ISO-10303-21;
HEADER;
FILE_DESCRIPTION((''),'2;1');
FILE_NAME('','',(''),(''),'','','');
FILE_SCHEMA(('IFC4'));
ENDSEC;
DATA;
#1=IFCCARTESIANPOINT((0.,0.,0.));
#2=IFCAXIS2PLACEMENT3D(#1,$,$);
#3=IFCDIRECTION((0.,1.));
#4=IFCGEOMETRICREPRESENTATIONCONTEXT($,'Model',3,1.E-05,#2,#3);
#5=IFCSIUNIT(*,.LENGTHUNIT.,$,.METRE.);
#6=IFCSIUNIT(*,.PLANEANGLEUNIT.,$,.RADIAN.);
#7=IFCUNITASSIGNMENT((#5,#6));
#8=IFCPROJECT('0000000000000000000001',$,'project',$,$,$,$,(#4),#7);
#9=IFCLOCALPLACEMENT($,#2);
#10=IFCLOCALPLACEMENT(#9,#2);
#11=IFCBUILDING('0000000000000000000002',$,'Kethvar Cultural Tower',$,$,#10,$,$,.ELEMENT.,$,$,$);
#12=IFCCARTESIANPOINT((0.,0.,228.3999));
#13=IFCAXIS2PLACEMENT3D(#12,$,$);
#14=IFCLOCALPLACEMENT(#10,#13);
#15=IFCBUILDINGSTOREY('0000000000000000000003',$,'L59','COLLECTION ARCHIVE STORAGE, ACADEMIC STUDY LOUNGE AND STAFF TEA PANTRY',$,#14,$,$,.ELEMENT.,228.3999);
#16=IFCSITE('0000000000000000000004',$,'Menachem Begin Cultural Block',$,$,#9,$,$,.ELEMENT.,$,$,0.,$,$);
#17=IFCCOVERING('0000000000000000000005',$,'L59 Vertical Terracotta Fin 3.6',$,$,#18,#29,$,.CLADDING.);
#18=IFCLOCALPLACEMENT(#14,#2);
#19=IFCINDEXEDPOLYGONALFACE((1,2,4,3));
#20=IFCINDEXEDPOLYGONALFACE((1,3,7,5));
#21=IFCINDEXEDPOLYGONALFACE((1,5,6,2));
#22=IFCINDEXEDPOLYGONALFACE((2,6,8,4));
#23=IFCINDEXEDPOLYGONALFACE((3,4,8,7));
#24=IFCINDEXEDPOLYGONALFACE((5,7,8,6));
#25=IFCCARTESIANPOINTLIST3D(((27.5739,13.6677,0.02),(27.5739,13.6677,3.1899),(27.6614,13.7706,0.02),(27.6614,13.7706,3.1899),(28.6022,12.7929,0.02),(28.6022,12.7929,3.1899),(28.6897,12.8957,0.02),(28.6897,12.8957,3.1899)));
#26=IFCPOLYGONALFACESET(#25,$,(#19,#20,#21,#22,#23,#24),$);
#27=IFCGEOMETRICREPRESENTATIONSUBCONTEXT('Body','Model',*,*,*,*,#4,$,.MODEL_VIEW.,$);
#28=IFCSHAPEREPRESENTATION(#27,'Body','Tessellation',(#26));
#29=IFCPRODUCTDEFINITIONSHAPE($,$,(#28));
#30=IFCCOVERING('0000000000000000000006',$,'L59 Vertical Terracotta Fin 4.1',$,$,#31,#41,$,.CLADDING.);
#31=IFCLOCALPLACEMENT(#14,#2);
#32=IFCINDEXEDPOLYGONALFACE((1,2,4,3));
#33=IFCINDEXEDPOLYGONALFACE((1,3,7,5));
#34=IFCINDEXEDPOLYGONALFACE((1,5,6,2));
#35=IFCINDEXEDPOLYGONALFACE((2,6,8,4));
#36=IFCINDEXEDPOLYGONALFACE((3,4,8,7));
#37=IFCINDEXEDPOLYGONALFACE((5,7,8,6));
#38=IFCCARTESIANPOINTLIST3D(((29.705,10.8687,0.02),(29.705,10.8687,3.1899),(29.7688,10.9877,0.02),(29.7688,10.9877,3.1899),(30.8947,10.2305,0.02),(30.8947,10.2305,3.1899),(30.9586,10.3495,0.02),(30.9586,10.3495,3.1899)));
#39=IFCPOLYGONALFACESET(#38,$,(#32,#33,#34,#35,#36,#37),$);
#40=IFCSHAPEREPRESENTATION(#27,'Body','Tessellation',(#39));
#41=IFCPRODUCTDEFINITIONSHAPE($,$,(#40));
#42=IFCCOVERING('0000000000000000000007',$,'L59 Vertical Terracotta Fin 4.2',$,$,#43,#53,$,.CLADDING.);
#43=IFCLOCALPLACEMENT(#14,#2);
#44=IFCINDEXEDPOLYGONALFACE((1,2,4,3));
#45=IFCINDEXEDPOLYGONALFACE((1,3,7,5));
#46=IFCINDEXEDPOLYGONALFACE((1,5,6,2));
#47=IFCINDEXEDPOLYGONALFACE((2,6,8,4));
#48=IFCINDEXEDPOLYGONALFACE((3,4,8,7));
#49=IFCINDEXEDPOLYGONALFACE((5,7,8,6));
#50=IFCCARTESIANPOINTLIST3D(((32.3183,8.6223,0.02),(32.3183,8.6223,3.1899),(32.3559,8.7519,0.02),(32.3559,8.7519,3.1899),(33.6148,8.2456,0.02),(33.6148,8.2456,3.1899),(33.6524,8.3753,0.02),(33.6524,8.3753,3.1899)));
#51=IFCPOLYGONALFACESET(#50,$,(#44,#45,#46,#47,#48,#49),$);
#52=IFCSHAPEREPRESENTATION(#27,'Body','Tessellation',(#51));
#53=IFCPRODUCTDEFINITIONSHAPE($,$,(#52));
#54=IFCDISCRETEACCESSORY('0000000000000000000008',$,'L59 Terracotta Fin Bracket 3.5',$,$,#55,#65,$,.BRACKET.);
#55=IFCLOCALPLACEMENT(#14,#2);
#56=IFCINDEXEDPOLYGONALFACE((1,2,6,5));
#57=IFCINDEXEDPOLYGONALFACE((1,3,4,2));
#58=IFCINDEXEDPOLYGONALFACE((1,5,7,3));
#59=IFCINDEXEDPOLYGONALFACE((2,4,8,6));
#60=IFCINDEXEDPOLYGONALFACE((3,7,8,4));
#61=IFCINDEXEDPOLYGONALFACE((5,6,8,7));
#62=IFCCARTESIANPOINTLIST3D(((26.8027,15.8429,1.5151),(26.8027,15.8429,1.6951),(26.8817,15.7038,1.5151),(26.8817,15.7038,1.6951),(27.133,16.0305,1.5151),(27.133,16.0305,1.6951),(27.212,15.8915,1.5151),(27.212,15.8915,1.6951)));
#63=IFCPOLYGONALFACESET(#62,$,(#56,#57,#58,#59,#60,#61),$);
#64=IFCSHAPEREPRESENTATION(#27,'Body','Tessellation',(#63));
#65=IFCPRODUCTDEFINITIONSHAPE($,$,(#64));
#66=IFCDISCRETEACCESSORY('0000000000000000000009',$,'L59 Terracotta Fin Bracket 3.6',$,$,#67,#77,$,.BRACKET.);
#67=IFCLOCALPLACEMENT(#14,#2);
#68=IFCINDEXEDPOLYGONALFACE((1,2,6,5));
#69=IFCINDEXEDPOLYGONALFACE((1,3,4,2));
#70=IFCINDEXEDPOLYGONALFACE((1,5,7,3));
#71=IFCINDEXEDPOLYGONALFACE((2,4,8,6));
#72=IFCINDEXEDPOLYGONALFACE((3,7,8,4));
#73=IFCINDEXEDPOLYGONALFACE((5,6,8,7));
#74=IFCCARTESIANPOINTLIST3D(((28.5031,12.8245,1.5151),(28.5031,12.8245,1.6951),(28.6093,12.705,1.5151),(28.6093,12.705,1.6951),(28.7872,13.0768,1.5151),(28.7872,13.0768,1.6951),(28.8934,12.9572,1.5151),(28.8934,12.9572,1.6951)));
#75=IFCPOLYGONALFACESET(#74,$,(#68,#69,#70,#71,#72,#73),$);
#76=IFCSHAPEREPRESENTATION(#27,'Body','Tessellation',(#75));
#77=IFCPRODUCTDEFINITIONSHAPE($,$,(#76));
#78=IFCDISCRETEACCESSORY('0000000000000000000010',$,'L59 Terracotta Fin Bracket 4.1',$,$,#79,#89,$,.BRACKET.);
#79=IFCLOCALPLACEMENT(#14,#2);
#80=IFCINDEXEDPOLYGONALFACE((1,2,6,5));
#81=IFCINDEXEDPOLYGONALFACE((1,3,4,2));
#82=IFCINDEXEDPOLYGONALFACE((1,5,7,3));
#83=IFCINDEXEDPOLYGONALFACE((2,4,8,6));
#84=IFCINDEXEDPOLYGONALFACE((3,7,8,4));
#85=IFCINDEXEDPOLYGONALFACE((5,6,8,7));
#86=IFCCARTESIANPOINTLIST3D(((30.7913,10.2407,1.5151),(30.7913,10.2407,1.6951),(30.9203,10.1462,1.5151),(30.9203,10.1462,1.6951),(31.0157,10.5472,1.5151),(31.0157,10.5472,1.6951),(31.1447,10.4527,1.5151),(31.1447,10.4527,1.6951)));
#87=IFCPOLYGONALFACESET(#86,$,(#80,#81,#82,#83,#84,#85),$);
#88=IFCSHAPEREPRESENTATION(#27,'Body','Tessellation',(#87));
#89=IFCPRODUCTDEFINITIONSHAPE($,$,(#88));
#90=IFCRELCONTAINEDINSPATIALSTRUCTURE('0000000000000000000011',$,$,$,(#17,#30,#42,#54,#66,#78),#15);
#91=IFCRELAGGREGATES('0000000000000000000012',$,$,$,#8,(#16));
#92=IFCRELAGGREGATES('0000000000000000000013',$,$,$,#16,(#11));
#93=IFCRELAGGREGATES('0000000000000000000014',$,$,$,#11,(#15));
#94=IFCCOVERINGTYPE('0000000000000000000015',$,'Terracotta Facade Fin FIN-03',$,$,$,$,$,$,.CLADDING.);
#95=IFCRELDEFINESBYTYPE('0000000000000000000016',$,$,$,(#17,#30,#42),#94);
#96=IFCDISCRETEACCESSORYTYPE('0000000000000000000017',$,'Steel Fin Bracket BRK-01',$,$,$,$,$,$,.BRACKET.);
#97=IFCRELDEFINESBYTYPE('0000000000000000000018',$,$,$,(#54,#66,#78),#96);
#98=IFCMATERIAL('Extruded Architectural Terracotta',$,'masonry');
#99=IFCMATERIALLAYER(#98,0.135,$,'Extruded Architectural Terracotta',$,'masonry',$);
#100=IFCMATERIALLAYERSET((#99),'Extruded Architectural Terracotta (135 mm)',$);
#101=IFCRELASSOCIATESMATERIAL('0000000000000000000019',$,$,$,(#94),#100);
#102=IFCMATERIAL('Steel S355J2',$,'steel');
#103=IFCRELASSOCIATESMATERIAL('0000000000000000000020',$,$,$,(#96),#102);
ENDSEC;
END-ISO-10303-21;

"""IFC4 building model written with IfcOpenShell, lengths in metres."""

from ifc_helpers import new_model, si_unit, direction, frame, origin, origin_2d, place, context, subcontext, project, spatial, rectangle, extrude, source, transform, mapped, material, layer, layer_set, type_object, element, save


model = new_model("IFC4")

# Units and contexts
model_context = context("Model", 3, precision=1e-05, world=origin(), true_north=direction((0.0, 1.0)))
body_context = subcontext(model_context, "Body", "Model", "MODEL_VIEW")
ifc_project = project(units=[si_unit("LENGTHUNIT", "METRE"), si_unit("PLANEANGLEUNIT", "RADIAN")], contexts=[model_context])

# Site, building, storey
site_placement = place(None, origin())
site = spatial("IfcSite", under=ifc_project, at=site_placement, Name="Menachem Begin Cultural Block", CompositionType="ELEMENT", RefElevation=0.0)
building_placement = place(site_placement, origin())
building = spatial("IfcBuilding", under=site, at=building_placement, Name="Kethvar Cultural Tower", CompositionType="ELEMENT")
storey_placement = place(building_placement, frame((0.0, 0.0, 228.3999)))
storey = spatial("IfcBuildingStorey", under=building, at=storey_placement, Name="L59", Description="COLLECTION ARCHIVE STORAGE, ACADEMIC STUDY LOUNGE AND STAFF TEA PANTRY", CompositionType="ELEMENT", Elevation=228.3999)

# Shared definitions
ifc_material_1 = material(Name="Steel S355J2", Category="steel")

# Coverings
ifc_material_2 = material(Name="Extruded Architectural Terracotta", Category="masonry")
ifc_layer_1 = layer(ifc_material_2, 0.135, Name="Extruded Architectural Terracotta", Category="masonry")
ifc_layer_set_1 = layer_set([ifc_layer_1], Name="Extruded Architectural Terracotta (135 mm)")
covering_type = type_object("IfcCoveringType", Name="Terracotta Facade Fin FIN-03", PredefinedType="CLADDING", material=ifc_layer_set_1)
shared_shape_1 = source(origin(), body_context, "Body", "SweptSolid", [
    extrude(rectangle(XDim=1.3501, YDim=0.135, at=origin_2d()), origin(), (0.0, 0.0, 1.0), 3.1699),
])
for number, where, z_axis, x_axis, name in (
    (1, (28.1318, 13.2817, 0.02), (0.0, 0.0, 1.0), (-0.761651, 0.647987, 0.0), "L59 Vertical Terracotta Fin 3.6"),
    (2, (30.3318, 10.6091, 0.02), (0.0, 0.0, 1.0), (-0.881221, 0.472705, 0.0), "L59 Vertical Terracotta Fin 4.1"),
    (3, (32.9854, 8.4988, 0.02), (0.0, 0.0, 1.0), (-0.960294, 0.278991, 0.0), "L59 Vertical Terracotta Fin 4.2"),
):
    element("IfcCovering", number, at=place(storey_placement, frame(where, z_axis=z_axis, x_axis=x_axis)), inside=storey, type_object=covering_type, Name=name, PredefinedType="CLADDING", context=body_context, shape_type="MappedRepresentation", body=[
        mapped(shared_shape_1, transform((0.0, 0.0, 0.0), scale=1.0)),
    ])

# Discrete accessories
discrete_accessory_type = type_object("IfcDiscreteAccessoryType", Name="Steel Fin Bracket BRK-01", PredefinedType="BRACKET", material=ifc_material_1)
shared_shape_2 = source(origin(), body_context, "Body", "SweptSolid", [
    extrude(rectangle(XDim=0.3799, YDim=0.1599, at=origin_2d()), origin(), (0.0, 0.0, 1.0), 0.1799),
])
for number, where, z_axis, x_axis, name in (
    (4, (27.0073, 15.8672, 1.5151), (0.0, 0.0, 1.0), (-0.869495, -0.493942, 0.0), "L59 Terracotta Fin Bracket 3.5"),
    (5, (28.6982, 12.8909, 1.5151), (0.0, 0.0, 1.0), (-0.747682, -0.664057, 0.0), "L59 Terracotta Fin Bracket 3.6"),
    (6, (30.968, 10.3467, 1.5151), (0.0, 0.0, 1.0), (-0.590746, -0.806857, 0.0), "L59 Terracotta Fin Bracket 4.1"),
):
    element("IfcDiscreteAccessory", number, at=place(storey_placement, frame(where, z_axis=z_axis, x_axis=x_axis)), inside=storey, type_object=discrete_accessory_type, Name=name, PredefinedType="BRACKET", context=body_context, shape_type="MappedRepresentation", body=[
        mapped(shared_shape_2, transform((0.0, 0.0, 0.0), scale=1.0)),
    ])

save(model, "model.ifc")
